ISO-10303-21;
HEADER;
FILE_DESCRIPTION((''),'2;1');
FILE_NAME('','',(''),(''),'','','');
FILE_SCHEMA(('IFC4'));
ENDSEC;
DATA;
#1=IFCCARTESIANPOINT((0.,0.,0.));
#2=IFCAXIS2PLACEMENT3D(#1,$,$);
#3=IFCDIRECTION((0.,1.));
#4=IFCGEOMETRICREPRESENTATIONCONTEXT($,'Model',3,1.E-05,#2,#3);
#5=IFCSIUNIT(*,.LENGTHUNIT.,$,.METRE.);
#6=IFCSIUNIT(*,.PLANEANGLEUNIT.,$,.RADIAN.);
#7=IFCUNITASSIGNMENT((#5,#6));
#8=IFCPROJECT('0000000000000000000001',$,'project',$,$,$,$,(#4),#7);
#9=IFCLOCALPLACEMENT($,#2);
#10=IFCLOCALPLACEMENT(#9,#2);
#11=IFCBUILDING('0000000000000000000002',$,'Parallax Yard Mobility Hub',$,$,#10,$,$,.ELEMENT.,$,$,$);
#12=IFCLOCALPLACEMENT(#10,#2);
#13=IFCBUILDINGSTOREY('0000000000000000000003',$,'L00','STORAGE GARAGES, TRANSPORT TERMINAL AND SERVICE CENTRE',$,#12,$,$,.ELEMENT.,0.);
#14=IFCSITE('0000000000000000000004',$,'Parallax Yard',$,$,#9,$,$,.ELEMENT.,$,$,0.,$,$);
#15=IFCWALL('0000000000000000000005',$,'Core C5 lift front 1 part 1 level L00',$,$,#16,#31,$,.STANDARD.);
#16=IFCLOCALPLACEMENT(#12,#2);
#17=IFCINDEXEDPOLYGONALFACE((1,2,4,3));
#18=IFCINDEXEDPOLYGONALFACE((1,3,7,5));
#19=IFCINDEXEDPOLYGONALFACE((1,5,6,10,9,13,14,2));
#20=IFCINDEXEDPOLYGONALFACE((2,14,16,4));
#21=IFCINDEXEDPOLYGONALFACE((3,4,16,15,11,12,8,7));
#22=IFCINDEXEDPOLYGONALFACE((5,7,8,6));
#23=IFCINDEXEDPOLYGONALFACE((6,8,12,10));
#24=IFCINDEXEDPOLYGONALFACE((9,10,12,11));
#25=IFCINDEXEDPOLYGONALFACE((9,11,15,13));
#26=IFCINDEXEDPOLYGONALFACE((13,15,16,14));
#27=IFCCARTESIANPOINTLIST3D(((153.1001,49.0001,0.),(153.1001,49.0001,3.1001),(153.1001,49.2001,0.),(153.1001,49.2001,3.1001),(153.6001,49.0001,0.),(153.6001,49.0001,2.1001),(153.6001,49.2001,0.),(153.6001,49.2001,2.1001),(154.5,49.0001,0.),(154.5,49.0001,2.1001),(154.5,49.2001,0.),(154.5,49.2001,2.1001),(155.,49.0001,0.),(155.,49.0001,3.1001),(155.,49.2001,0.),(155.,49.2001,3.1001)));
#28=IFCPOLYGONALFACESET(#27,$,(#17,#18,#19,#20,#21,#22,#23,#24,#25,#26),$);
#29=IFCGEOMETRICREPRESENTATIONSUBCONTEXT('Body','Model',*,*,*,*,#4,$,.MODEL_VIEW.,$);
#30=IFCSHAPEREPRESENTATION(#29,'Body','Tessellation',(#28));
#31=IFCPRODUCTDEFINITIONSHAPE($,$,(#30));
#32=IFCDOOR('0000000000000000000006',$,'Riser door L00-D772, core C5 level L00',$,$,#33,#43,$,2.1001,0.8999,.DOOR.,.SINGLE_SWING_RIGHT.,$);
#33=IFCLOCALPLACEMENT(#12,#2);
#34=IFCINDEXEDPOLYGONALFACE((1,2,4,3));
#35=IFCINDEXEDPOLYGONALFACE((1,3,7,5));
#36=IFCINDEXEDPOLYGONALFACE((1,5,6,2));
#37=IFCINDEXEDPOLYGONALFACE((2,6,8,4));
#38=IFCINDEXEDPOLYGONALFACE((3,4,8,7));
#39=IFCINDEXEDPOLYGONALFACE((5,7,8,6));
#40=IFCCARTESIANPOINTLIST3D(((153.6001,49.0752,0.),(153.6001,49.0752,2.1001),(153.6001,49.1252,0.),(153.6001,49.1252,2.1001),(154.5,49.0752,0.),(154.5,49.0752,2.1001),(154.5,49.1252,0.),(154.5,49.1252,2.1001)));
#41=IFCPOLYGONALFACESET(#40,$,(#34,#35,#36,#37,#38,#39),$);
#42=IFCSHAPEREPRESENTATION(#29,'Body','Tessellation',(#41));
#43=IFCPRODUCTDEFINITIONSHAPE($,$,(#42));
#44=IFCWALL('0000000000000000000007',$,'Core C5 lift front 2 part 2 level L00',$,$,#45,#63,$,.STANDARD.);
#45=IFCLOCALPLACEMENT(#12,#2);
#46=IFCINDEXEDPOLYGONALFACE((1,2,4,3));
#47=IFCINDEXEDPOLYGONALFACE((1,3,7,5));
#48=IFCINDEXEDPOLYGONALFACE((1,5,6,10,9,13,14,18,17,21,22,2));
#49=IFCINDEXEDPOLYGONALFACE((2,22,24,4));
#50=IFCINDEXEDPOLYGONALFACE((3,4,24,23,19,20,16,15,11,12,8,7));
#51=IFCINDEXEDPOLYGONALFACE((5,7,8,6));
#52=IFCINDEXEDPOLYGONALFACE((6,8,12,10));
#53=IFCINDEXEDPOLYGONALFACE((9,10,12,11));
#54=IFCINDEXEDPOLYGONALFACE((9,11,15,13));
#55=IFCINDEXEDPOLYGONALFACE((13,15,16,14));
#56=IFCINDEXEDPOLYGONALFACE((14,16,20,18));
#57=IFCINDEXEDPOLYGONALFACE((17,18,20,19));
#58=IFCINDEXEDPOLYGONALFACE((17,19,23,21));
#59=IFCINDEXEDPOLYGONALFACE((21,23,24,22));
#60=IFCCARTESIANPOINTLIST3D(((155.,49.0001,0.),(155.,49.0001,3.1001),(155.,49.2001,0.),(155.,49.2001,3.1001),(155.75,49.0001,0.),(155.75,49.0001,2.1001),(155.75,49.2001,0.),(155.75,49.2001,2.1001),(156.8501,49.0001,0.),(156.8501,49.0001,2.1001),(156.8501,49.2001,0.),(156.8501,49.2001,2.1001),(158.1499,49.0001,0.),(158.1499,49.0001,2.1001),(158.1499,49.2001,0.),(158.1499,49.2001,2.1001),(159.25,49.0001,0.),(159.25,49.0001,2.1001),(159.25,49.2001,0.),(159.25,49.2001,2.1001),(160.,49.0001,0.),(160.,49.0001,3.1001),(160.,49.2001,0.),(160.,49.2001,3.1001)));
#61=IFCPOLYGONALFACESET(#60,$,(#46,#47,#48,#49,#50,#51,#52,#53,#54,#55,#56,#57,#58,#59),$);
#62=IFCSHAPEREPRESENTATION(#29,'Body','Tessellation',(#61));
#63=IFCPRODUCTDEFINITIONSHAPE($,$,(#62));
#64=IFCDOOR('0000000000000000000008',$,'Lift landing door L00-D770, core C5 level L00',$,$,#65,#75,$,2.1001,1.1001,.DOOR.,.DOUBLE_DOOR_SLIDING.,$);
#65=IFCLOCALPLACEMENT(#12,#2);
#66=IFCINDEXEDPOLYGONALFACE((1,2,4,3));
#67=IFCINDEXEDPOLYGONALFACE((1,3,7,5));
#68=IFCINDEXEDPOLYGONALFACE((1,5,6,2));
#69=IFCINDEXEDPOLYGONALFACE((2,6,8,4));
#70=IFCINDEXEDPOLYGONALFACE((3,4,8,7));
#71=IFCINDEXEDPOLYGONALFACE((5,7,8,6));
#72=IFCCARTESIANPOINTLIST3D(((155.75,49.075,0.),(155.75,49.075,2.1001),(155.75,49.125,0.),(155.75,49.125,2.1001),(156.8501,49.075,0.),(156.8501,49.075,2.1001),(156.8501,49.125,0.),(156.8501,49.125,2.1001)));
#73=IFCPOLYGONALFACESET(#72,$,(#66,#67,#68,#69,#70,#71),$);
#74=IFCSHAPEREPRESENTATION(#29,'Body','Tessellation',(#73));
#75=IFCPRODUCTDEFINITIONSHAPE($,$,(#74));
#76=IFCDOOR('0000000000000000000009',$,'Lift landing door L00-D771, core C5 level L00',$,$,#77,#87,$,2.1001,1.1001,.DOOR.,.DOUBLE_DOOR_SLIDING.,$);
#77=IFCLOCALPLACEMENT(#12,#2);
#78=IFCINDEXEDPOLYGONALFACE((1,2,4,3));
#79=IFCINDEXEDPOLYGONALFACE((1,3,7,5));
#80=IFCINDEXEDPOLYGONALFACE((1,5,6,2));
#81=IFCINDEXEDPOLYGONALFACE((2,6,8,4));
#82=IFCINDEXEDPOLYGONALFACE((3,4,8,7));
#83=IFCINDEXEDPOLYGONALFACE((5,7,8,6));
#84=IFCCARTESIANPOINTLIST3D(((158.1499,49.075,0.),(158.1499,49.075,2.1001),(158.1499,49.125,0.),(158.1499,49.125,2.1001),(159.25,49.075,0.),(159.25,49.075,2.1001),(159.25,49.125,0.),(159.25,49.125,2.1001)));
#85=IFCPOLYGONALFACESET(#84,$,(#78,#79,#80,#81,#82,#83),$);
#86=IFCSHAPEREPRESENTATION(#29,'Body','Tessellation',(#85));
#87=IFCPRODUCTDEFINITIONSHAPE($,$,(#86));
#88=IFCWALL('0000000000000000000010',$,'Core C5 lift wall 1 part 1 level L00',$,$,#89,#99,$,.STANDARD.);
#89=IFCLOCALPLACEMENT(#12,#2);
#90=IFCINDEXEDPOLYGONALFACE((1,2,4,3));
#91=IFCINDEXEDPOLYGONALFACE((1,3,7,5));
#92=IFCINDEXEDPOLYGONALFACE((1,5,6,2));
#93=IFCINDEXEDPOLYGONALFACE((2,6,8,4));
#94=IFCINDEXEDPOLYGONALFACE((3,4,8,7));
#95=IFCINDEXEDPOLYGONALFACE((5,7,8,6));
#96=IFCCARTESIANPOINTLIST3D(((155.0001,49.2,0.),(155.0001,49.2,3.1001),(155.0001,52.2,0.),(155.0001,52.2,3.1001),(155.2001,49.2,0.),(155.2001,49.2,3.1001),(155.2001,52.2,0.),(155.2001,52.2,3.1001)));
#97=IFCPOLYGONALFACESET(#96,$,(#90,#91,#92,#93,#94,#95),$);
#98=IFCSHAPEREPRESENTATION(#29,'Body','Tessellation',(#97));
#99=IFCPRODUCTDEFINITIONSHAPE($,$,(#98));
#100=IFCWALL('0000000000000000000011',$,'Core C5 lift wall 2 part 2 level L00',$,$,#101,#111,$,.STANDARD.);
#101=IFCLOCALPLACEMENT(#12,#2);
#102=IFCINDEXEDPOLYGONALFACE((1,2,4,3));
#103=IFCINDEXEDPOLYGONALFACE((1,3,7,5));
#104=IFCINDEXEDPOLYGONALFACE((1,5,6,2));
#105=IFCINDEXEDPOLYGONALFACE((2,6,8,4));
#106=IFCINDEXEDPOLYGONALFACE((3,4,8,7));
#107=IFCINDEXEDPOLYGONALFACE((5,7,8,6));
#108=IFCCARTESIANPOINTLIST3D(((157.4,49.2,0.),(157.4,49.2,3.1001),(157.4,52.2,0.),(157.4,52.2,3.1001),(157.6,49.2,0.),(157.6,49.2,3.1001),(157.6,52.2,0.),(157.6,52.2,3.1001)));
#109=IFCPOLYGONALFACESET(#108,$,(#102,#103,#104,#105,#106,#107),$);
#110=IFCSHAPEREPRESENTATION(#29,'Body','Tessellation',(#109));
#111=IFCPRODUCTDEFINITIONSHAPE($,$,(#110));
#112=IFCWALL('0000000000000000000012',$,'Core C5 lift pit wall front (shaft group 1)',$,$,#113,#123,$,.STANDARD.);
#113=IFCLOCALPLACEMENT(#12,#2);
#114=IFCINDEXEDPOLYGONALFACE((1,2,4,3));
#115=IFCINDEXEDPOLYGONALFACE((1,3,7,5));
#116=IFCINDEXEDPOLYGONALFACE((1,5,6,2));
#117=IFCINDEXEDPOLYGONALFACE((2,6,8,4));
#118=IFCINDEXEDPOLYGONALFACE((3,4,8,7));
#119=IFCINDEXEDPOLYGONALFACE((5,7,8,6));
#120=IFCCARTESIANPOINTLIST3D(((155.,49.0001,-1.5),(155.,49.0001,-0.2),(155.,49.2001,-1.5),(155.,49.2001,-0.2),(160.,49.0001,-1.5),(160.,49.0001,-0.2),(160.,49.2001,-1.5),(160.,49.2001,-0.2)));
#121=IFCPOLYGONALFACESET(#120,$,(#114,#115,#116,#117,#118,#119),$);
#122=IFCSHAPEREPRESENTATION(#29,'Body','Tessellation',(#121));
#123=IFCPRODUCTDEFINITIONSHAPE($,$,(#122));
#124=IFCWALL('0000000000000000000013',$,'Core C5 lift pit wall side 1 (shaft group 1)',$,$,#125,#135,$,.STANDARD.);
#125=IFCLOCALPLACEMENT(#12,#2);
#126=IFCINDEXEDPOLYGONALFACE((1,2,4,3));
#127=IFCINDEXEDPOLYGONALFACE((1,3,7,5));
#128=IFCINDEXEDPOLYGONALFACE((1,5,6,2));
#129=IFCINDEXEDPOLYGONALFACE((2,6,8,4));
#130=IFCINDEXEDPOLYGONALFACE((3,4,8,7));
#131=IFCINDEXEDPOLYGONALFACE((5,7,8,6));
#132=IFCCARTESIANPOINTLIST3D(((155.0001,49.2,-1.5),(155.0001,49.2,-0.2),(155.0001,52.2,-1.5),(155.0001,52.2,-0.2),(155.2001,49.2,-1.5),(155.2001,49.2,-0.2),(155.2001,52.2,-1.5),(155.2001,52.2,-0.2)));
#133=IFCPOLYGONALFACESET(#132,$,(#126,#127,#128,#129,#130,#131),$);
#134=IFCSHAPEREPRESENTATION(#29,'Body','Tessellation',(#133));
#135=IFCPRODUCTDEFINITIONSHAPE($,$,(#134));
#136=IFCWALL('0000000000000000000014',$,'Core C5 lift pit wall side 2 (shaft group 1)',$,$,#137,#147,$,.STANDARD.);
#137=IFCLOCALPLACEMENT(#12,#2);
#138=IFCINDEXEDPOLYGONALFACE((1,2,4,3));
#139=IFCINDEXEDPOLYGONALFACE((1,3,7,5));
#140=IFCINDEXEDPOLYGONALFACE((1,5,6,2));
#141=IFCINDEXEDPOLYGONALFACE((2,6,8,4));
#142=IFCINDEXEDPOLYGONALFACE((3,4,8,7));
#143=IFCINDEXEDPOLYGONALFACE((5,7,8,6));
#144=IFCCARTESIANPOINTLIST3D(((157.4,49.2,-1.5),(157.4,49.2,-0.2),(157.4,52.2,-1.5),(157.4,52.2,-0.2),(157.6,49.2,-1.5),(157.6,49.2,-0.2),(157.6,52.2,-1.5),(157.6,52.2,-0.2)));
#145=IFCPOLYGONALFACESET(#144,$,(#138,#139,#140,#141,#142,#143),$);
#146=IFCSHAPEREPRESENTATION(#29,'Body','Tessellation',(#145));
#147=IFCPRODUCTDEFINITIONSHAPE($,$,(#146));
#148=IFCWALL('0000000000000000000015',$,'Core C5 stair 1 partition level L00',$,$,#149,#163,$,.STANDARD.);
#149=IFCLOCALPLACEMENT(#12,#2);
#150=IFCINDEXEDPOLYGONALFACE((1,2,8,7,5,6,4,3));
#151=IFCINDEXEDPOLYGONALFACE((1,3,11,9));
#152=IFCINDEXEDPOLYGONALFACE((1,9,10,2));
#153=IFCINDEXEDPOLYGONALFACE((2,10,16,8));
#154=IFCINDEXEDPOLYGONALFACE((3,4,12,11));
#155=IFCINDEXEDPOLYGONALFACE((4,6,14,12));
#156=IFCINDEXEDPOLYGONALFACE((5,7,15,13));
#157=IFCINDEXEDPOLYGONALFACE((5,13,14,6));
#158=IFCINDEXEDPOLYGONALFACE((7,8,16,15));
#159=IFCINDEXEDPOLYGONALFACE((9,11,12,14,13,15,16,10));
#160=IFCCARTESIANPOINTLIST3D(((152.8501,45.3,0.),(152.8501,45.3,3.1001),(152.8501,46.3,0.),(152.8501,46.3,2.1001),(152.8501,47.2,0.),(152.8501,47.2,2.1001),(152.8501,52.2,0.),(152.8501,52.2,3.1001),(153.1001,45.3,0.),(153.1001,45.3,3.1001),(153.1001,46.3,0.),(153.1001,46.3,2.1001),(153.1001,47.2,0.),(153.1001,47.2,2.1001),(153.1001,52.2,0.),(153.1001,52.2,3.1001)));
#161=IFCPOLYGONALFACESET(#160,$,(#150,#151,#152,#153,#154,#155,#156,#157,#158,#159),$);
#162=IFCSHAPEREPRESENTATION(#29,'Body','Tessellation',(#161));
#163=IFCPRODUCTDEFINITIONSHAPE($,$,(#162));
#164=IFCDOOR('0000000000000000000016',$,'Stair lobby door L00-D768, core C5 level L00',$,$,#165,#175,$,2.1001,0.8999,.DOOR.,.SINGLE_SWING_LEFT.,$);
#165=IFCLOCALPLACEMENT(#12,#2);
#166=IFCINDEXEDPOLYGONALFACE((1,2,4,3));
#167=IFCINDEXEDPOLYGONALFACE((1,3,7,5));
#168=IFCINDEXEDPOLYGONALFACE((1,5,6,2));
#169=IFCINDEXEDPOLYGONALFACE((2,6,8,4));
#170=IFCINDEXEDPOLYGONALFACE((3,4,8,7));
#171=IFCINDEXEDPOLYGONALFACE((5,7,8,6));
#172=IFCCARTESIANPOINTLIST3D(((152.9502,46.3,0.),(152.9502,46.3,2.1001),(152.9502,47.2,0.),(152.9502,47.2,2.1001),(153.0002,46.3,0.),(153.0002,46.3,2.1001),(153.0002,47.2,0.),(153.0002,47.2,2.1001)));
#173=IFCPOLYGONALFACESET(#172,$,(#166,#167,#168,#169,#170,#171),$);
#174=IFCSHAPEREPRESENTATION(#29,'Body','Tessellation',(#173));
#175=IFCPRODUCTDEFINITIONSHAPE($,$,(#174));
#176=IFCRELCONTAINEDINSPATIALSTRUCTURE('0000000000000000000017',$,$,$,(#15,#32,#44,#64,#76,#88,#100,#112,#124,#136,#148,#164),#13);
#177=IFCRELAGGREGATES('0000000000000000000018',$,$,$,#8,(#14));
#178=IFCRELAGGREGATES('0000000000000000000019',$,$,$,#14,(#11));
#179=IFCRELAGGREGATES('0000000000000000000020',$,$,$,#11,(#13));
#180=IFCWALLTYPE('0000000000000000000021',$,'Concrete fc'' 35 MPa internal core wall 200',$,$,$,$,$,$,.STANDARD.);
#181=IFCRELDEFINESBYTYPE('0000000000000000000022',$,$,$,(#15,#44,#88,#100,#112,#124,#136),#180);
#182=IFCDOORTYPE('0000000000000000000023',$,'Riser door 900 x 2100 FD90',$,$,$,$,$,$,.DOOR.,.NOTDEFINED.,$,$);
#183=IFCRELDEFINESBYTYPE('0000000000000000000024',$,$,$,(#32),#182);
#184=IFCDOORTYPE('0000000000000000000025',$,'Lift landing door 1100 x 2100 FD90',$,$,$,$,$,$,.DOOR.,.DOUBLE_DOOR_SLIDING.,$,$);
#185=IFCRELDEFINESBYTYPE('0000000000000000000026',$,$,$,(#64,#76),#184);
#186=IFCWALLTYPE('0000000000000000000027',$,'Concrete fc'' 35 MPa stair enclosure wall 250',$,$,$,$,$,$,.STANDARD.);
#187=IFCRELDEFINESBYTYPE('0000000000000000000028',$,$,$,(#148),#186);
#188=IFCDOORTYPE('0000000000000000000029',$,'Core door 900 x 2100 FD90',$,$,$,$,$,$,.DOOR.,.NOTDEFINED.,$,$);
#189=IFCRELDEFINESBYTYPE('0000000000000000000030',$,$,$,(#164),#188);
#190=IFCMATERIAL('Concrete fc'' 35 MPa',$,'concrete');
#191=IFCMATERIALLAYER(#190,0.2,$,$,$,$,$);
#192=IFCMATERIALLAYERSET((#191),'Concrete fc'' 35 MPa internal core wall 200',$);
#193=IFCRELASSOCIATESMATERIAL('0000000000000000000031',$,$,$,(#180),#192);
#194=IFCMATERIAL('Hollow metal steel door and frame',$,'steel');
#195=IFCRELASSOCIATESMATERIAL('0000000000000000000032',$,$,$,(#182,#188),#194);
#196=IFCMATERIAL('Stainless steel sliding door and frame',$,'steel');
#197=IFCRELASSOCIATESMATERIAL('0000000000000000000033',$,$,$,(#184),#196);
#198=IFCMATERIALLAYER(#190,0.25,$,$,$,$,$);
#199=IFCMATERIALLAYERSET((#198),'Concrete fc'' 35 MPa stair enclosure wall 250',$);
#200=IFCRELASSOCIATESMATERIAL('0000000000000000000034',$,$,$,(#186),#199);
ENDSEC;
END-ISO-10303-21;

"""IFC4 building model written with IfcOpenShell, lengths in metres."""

from ifc_helpers import new_model, si_unit, direction, frame, frame_2d, origin, place, context, subcontext, project, spatial, rectangle, extrude, material, layer, layer_set, type_object, element, fill, save


model = new_model("IFC4")

# Units and contexts
model_context = context("Model", 3, precision=1e-05, world=origin(), true_north=direction((0.0, 1.0)))
body_context = subcontext(model_context, "Body", "Model", "MODEL_VIEW")
ifc_project = project(units=[si_unit("LENGTHUNIT", "METRE"), si_unit("PLANEANGLEUNIT", "RADIAN")], contexts=[model_context])

# Site, building, storey
site_placement = place(None, origin())
site = spatial("IfcSite", under=ifc_project, at=site_placement, Name="Parallax Yard", CompositionType="ELEMENT", RefElevation=0.0)
building_placement = place(site_placement, origin())
building = spatial("IfcBuilding", under=site, at=building_placement, Name="Parallax Yard Mobility Hub", CompositionType="ELEMENT")
storey_placement = place(building_placement, origin())
storey = spatial("IfcBuildingStorey", under=building, at=storey_placement, Name="L00", Description="STORAGE GARAGES, TRANSPORT TERMINAL AND SERVICE CENTRE", CompositionType="ELEMENT", Elevation=0.0)

# Wall, opening, door
ifc_material_1 = material(Name="Concrete fc' 35 MPa", Category="concrete")
ifc_layer_1 = layer(ifc_material_1, 0.2)
ifc_layer_set_1 = layer_set([ifc_layer_1], Name="Concrete fc' 35 MPa internal core wall 200")
wall_type_1 = type_object("IfcWallType", Name="Concrete fc' 35 MPa internal core wall 200", PredefinedType="STANDARD", material=ifc_layer_set_1)
wall_1_placement = place(storey_placement, frame((155.0, 49.1001, 0.0), z_axis=(0.0, 0.0, 1.0), x_axis=(-1.0, 0.0, 0.0)))
wall_1 = element("IfcWall", 1, at=wall_1_placement, inside=storey, type_object=wall_type_1, Name="Core C5 lift front 1 part 1 level L00", PredefinedType="STANDARD", context=body_context, shape_type="SweptSolid", body=[
    extrude(rectangle(XDim=1.8999, YDim=0.2, at=frame_2d((0.95, 0.0))), origin(), (0.0, 0.0, 1.0), 3.1001),
])
opening_1_placement = place(wall_1_placement, frame((0.5, 0.0, 0.0)))
opening_1 = element("IfcOpeningElement", 2, at=opening_1_placement, cuts=wall_1, PredefinedType="OPENING", context=body_context, shape_type="SweptSolid", body=[
    extrude(rectangle(XDim=0.8999, YDim=2.1001, at=frame_2d((0.45, 1.05))), frame((0.0, 0.1099, 0.0), z_axis=(0.0, -1.0, 0.0), x_axis=(1.0, 0.0, 0.0)), (0.0, 0.0, 1.0), 0.22),
])
ifc_material_2 = material(Name="Hollow metal steel door and frame", Category="steel")
door_type_1 = type_object("IfcDoorType", Name="Riser door 900 x 2100 FD90", OperationType="NOTDEFINED", PredefinedType="DOOR", material=ifc_material_2)
door_1_placement = place(opening_1_placement, origin())
door_1 = element("IfcDoor", 3, at=door_1_placement, inside=storey, type_object=door_type_1, Name="Riser door L00-D772, core C5 level L00", OperationType="SINGLE_SWING_RIGHT", OverallHeight=2.1001, OverallWidth=0.8999, PredefinedType="DOOR", context=body_context, shape_type="SweptSolid", body=[
    extrude(rectangle(XDim=0.8999, YDim=2.1001, at=frame_2d((0.45, 1.05))), frame((0.0, 0.0249, 0.0), z_axis=(0.0, -1.0, 0.0), x_axis=(1.0, 0.0, 0.0)), (0.0, 0.0, 1.0), 0.05),
])
fill(opening_1, door_1)

# Wall, openings, doors
wall_2_placement = place(storey_placement, frame((155.0, 49.1001, 0.0), z_axis=(0.0, 0.0, 1.0), x_axis=(1.0, 0.0, 0.0)))
wall_2 = element("IfcWall", 4, at=wall_2_placement, inside=storey, type_object=wall_type_1, Name="Core C5 lift front 2 part 2 level L00", PredefinedType="STANDARD", context=body_context, shape_type="SweptSolid", body=[
    extrude(rectangle(XDim=5.0, YDim=0.2, at=frame_2d((2.5, 0.0))), origin(), (0.0, 0.0, 1.0), 3.1001),
])
opening_2_placement = place(wall_2_placement, frame((0.75, 0.0, 0.0)))
opening_2 = element("IfcOpeningElement", 5, at=opening_2_placement, cuts=wall_2, PredefinedType="OPENING", context=body_context, shape_type="SweptSolid", body=[
    extrude(rectangle(XDim=1.1001, YDim=2.1001, at=frame_2d((0.55, 1.05))), frame((0.0, 0.1099, 0.0), z_axis=(0.0, -1.0, 0.0), x_axis=(1.0, 0.0, 0.0)), (0.0, 0.0, 1.0), 0.22),
])
opening_3_placement = place(wall_2_placement, frame((3.1499, 0.0, 0.0)))
opening_3 = element("IfcOpeningElement", 6, at=opening_3_placement, cuts=wall_2, PredefinedType="OPENING", context=body_context, shape_type="SweptSolid", body=[
    extrude(rectangle(XDim=1.1001, YDim=2.1001, at=frame_2d((0.55, 1.05))), frame((0.0, 0.1099, 0.0), z_axis=(0.0, -1.0, 0.0), x_axis=(1.0, 0.0, 0.0)), (0.0, 0.0, 1.0), 0.22),
])
ifc_material_3 = material(Name="Stainless steel sliding door and frame", Category="steel")
door_type_2 = type_object("IfcDoorType", Name="Lift landing door 1100 x 2100 FD90", OperationType="DOUBLE_DOOR_SLIDING", PredefinedType="DOOR", material=ifc_material_3)
door_2_placement = place(opening_2_placement, origin())
door_2 = element("IfcDoor", 7, at=door_2_placement, inside=storey, type_object=door_type_2, Name="Lift landing door L00-D770, core C5 level L00", OperationType="DOUBLE_DOOR_SLIDING", OverallHeight=2.1001, OverallWidth=1.1001, PredefinedType="DOOR", context=body_context, shape_type="SweptSolid", body=[
    extrude(rectangle(XDim=1.1001, YDim=2.1001, at=frame_2d((0.55, 1.05))), frame((0.0, 0.0249, 0.0), z_axis=(0.0, -1.0, 0.0), x_axis=(1.0, 0.0, 0.0)), (0.0, 0.0, 1.0), 0.05),
])
fill(opening_2, door_2)
door_3_placement = place(opening_3_placement, origin())
door_3 = element("IfcDoor", 8, at=door_3_placement, inside=storey, type_object=door_type_2, Name="Lift landing door L00-D771, core C5 level L00", OperationType="DOUBLE_DOOR_SLIDING", OverallHeight=2.1001, OverallWidth=1.1001, PredefinedType="DOOR", context=body_context, shape_type="SweptSolid", body=[
    extrude(rectangle(XDim=1.1001, YDim=2.1001, at=frame_2d((0.55, 1.05))), frame((0.0, 0.0249, 0.0), z_axis=(0.0, -1.0, 0.0), x_axis=(1.0, 0.0, 0.0)), (0.0, 0.0, 1.0), 0.05),
])
fill(opening_3, door_3)

# Walls
for number, where, z_axis, x_axis, name in (
    (9, (155.1001, 49.2, 0.0), (0.0, 0.0, 1.0), (0.0, 1.0, 0.0), "Core C5 lift wall 1 part 1 level L00"),
    (10, (157.5, 49.2, 0.0), (0.0, 0.0, 1.0), (0.0, 1.0, 0.0), "Core C5 lift wall 2 part 2 level L00"),
):
    element("IfcWall", number, at=place(storey_placement, frame(where, z_axis=z_axis, x_axis=x_axis)), inside=storey, type_object=wall_type_1, Name=name, PredefinedType="STANDARD", context=body_context, shape_type="SweptSolid", body=[
        extrude(rectangle(XDim=3.0, YDim=0.2, at=frame_2d((1.5, 0.0))), origin(), (0.0, 0.0, 1.0), 3.1001),
    ])
wall_3_placement = place(storey_placement, frame((155.0, 49.1001, -1.5), z_axis=(0.0, 0.0, 1.0), x_axis=(1.0, 0.0, 0.0)))
element("IfcWall", 11, at=wall_3_placement, inside=storey, type_object=wall_type_1, Name="Core C5 lift pit wall front (shaft group 1)", PredefinedType="STANDARD", context=body_context, shape_type="SweptSolid", body=[
    extrude(rectangle(XDim=5.0, YDim=0.2, at=frame_2d((2.5, 0.0))), origin(), (0.0, 0.0, 1.0), 1.3),
])
for number, where, z_axis, x_axis, name in (
    (12, (155.1001, 49.2, -1.5), (0.0, 0.0, 1.0), (0.0, 1.0, 0.0), "Core C5 lift pit wall side 1 (shaft group 1)"),
    (13, (157.5, 49.2, -1.5), (0.0, 0.0, 1.0), (0.0, 1.0, 0.0), "Core C5 lift pit wall side 2 (shaft group 1)"),
):
    element("IfcWall", number, at=place(storey_placement, frame(where, z_axis=z_axis, x_axis=x_axis)), inside=storey, type_object=wall_type_1, Name=name, PredefinedType="STANDARD", context=body_context, shape_type="SweptSolid", body=[
        extrude(rectangle(XDim=3.0, YDim=0.2, at=frame_2d((1.5, 0.0))), origin(), (0.0, 0.0, 1.0), 1.3),
    ])

# Wall, opening, door
ifc_layer_2 = layer(ifc_material_1, 0.25)
ifc_layer_set_2 = layer_set([ifc_layer_2], Name="Concrete fc' 35 MPa stair enclosure wall 250")
wall_type_2 = type_object("IfcWallType", Name="Concrete fc' 35 MPa stair enclosure wall 250", PredefinedType="STANDARD", material=ifc_layer_set_2)
wall_4_placement = place(storey_placement, frame((152.9751, 45.3, 0.0), z_axis=(0.0, 0.0, 1.0), x_axis=(0.0, 1.0, 0.0)))
wall_4 = element("IfcWall", 14, at=wall_4_placement, inside=storey, type_object=wall_type_2, Name="Core C5 stair 1 partition level L00", PredefinedType="STANDARD", context=body_context, shape_type="SweptSolid", body=[
    extrude(rectangle(XDim=6.8999, YDim=0.25, at=frame_2d((3.45, 0.0))), origin(), (0.0, 0.0, 1.0), 3.1001),
])
opening_4_placement = place(wall_4_placement, frame((1.0, 0.0, 0.0)))
opening_4 = element("IfcOpeningElement", 15, at=opening_4_placement, cuts=wall_4, PredefinedType="OPENING", context=body_context, shape_type="SweptSolid", body=[
    extrude(rectangle(XDim=0.8999, YDim=2.1001, at=frame_2d((0.45, 1.05))), frame((0.0, 0.135, 0.0), z_axis=(0.0, -1.0, 0.0), x_axis=(1.0, 0.0, 0.0)), (0.0, 0.0, 1.0), 0.27),
])
door_type_3 = type_object("IfcDoorType", Name="Core door 900 x 2100 FD90", OperationType="NOTDEFINED", PredefinedType="DOOR", material=ifc_material_2)
door_4_placement = place(opening_4_placement, origin())
door_4 = element("IfcDoor", 16, at=door_4_placement, inside=storey, type_object=door_type_3, Name="Stair lobby door L00-D768, core C5 level L00", OperationType="SINGLE_SWING_LEFT", OverallHeight=2.1001, OverallWidth=0.8999, PredefinedType="DOOR", context=body_context, shape_type="SweptSolid", body=[
    extrude(rectangle(XDim=0.8999, YDim=2.1001, at=frame_2d((0.45, 1.05))), frame((0.0, 0.0249, 0.0), z_axis=(0.0, -1.0, 0.0), x_axis=(1.0, 0.0, 0.0)), (0.0, 0.0, 1.0), 0.05),
])
fill(opening_4, door_4)

save(model, "model.ifc")
